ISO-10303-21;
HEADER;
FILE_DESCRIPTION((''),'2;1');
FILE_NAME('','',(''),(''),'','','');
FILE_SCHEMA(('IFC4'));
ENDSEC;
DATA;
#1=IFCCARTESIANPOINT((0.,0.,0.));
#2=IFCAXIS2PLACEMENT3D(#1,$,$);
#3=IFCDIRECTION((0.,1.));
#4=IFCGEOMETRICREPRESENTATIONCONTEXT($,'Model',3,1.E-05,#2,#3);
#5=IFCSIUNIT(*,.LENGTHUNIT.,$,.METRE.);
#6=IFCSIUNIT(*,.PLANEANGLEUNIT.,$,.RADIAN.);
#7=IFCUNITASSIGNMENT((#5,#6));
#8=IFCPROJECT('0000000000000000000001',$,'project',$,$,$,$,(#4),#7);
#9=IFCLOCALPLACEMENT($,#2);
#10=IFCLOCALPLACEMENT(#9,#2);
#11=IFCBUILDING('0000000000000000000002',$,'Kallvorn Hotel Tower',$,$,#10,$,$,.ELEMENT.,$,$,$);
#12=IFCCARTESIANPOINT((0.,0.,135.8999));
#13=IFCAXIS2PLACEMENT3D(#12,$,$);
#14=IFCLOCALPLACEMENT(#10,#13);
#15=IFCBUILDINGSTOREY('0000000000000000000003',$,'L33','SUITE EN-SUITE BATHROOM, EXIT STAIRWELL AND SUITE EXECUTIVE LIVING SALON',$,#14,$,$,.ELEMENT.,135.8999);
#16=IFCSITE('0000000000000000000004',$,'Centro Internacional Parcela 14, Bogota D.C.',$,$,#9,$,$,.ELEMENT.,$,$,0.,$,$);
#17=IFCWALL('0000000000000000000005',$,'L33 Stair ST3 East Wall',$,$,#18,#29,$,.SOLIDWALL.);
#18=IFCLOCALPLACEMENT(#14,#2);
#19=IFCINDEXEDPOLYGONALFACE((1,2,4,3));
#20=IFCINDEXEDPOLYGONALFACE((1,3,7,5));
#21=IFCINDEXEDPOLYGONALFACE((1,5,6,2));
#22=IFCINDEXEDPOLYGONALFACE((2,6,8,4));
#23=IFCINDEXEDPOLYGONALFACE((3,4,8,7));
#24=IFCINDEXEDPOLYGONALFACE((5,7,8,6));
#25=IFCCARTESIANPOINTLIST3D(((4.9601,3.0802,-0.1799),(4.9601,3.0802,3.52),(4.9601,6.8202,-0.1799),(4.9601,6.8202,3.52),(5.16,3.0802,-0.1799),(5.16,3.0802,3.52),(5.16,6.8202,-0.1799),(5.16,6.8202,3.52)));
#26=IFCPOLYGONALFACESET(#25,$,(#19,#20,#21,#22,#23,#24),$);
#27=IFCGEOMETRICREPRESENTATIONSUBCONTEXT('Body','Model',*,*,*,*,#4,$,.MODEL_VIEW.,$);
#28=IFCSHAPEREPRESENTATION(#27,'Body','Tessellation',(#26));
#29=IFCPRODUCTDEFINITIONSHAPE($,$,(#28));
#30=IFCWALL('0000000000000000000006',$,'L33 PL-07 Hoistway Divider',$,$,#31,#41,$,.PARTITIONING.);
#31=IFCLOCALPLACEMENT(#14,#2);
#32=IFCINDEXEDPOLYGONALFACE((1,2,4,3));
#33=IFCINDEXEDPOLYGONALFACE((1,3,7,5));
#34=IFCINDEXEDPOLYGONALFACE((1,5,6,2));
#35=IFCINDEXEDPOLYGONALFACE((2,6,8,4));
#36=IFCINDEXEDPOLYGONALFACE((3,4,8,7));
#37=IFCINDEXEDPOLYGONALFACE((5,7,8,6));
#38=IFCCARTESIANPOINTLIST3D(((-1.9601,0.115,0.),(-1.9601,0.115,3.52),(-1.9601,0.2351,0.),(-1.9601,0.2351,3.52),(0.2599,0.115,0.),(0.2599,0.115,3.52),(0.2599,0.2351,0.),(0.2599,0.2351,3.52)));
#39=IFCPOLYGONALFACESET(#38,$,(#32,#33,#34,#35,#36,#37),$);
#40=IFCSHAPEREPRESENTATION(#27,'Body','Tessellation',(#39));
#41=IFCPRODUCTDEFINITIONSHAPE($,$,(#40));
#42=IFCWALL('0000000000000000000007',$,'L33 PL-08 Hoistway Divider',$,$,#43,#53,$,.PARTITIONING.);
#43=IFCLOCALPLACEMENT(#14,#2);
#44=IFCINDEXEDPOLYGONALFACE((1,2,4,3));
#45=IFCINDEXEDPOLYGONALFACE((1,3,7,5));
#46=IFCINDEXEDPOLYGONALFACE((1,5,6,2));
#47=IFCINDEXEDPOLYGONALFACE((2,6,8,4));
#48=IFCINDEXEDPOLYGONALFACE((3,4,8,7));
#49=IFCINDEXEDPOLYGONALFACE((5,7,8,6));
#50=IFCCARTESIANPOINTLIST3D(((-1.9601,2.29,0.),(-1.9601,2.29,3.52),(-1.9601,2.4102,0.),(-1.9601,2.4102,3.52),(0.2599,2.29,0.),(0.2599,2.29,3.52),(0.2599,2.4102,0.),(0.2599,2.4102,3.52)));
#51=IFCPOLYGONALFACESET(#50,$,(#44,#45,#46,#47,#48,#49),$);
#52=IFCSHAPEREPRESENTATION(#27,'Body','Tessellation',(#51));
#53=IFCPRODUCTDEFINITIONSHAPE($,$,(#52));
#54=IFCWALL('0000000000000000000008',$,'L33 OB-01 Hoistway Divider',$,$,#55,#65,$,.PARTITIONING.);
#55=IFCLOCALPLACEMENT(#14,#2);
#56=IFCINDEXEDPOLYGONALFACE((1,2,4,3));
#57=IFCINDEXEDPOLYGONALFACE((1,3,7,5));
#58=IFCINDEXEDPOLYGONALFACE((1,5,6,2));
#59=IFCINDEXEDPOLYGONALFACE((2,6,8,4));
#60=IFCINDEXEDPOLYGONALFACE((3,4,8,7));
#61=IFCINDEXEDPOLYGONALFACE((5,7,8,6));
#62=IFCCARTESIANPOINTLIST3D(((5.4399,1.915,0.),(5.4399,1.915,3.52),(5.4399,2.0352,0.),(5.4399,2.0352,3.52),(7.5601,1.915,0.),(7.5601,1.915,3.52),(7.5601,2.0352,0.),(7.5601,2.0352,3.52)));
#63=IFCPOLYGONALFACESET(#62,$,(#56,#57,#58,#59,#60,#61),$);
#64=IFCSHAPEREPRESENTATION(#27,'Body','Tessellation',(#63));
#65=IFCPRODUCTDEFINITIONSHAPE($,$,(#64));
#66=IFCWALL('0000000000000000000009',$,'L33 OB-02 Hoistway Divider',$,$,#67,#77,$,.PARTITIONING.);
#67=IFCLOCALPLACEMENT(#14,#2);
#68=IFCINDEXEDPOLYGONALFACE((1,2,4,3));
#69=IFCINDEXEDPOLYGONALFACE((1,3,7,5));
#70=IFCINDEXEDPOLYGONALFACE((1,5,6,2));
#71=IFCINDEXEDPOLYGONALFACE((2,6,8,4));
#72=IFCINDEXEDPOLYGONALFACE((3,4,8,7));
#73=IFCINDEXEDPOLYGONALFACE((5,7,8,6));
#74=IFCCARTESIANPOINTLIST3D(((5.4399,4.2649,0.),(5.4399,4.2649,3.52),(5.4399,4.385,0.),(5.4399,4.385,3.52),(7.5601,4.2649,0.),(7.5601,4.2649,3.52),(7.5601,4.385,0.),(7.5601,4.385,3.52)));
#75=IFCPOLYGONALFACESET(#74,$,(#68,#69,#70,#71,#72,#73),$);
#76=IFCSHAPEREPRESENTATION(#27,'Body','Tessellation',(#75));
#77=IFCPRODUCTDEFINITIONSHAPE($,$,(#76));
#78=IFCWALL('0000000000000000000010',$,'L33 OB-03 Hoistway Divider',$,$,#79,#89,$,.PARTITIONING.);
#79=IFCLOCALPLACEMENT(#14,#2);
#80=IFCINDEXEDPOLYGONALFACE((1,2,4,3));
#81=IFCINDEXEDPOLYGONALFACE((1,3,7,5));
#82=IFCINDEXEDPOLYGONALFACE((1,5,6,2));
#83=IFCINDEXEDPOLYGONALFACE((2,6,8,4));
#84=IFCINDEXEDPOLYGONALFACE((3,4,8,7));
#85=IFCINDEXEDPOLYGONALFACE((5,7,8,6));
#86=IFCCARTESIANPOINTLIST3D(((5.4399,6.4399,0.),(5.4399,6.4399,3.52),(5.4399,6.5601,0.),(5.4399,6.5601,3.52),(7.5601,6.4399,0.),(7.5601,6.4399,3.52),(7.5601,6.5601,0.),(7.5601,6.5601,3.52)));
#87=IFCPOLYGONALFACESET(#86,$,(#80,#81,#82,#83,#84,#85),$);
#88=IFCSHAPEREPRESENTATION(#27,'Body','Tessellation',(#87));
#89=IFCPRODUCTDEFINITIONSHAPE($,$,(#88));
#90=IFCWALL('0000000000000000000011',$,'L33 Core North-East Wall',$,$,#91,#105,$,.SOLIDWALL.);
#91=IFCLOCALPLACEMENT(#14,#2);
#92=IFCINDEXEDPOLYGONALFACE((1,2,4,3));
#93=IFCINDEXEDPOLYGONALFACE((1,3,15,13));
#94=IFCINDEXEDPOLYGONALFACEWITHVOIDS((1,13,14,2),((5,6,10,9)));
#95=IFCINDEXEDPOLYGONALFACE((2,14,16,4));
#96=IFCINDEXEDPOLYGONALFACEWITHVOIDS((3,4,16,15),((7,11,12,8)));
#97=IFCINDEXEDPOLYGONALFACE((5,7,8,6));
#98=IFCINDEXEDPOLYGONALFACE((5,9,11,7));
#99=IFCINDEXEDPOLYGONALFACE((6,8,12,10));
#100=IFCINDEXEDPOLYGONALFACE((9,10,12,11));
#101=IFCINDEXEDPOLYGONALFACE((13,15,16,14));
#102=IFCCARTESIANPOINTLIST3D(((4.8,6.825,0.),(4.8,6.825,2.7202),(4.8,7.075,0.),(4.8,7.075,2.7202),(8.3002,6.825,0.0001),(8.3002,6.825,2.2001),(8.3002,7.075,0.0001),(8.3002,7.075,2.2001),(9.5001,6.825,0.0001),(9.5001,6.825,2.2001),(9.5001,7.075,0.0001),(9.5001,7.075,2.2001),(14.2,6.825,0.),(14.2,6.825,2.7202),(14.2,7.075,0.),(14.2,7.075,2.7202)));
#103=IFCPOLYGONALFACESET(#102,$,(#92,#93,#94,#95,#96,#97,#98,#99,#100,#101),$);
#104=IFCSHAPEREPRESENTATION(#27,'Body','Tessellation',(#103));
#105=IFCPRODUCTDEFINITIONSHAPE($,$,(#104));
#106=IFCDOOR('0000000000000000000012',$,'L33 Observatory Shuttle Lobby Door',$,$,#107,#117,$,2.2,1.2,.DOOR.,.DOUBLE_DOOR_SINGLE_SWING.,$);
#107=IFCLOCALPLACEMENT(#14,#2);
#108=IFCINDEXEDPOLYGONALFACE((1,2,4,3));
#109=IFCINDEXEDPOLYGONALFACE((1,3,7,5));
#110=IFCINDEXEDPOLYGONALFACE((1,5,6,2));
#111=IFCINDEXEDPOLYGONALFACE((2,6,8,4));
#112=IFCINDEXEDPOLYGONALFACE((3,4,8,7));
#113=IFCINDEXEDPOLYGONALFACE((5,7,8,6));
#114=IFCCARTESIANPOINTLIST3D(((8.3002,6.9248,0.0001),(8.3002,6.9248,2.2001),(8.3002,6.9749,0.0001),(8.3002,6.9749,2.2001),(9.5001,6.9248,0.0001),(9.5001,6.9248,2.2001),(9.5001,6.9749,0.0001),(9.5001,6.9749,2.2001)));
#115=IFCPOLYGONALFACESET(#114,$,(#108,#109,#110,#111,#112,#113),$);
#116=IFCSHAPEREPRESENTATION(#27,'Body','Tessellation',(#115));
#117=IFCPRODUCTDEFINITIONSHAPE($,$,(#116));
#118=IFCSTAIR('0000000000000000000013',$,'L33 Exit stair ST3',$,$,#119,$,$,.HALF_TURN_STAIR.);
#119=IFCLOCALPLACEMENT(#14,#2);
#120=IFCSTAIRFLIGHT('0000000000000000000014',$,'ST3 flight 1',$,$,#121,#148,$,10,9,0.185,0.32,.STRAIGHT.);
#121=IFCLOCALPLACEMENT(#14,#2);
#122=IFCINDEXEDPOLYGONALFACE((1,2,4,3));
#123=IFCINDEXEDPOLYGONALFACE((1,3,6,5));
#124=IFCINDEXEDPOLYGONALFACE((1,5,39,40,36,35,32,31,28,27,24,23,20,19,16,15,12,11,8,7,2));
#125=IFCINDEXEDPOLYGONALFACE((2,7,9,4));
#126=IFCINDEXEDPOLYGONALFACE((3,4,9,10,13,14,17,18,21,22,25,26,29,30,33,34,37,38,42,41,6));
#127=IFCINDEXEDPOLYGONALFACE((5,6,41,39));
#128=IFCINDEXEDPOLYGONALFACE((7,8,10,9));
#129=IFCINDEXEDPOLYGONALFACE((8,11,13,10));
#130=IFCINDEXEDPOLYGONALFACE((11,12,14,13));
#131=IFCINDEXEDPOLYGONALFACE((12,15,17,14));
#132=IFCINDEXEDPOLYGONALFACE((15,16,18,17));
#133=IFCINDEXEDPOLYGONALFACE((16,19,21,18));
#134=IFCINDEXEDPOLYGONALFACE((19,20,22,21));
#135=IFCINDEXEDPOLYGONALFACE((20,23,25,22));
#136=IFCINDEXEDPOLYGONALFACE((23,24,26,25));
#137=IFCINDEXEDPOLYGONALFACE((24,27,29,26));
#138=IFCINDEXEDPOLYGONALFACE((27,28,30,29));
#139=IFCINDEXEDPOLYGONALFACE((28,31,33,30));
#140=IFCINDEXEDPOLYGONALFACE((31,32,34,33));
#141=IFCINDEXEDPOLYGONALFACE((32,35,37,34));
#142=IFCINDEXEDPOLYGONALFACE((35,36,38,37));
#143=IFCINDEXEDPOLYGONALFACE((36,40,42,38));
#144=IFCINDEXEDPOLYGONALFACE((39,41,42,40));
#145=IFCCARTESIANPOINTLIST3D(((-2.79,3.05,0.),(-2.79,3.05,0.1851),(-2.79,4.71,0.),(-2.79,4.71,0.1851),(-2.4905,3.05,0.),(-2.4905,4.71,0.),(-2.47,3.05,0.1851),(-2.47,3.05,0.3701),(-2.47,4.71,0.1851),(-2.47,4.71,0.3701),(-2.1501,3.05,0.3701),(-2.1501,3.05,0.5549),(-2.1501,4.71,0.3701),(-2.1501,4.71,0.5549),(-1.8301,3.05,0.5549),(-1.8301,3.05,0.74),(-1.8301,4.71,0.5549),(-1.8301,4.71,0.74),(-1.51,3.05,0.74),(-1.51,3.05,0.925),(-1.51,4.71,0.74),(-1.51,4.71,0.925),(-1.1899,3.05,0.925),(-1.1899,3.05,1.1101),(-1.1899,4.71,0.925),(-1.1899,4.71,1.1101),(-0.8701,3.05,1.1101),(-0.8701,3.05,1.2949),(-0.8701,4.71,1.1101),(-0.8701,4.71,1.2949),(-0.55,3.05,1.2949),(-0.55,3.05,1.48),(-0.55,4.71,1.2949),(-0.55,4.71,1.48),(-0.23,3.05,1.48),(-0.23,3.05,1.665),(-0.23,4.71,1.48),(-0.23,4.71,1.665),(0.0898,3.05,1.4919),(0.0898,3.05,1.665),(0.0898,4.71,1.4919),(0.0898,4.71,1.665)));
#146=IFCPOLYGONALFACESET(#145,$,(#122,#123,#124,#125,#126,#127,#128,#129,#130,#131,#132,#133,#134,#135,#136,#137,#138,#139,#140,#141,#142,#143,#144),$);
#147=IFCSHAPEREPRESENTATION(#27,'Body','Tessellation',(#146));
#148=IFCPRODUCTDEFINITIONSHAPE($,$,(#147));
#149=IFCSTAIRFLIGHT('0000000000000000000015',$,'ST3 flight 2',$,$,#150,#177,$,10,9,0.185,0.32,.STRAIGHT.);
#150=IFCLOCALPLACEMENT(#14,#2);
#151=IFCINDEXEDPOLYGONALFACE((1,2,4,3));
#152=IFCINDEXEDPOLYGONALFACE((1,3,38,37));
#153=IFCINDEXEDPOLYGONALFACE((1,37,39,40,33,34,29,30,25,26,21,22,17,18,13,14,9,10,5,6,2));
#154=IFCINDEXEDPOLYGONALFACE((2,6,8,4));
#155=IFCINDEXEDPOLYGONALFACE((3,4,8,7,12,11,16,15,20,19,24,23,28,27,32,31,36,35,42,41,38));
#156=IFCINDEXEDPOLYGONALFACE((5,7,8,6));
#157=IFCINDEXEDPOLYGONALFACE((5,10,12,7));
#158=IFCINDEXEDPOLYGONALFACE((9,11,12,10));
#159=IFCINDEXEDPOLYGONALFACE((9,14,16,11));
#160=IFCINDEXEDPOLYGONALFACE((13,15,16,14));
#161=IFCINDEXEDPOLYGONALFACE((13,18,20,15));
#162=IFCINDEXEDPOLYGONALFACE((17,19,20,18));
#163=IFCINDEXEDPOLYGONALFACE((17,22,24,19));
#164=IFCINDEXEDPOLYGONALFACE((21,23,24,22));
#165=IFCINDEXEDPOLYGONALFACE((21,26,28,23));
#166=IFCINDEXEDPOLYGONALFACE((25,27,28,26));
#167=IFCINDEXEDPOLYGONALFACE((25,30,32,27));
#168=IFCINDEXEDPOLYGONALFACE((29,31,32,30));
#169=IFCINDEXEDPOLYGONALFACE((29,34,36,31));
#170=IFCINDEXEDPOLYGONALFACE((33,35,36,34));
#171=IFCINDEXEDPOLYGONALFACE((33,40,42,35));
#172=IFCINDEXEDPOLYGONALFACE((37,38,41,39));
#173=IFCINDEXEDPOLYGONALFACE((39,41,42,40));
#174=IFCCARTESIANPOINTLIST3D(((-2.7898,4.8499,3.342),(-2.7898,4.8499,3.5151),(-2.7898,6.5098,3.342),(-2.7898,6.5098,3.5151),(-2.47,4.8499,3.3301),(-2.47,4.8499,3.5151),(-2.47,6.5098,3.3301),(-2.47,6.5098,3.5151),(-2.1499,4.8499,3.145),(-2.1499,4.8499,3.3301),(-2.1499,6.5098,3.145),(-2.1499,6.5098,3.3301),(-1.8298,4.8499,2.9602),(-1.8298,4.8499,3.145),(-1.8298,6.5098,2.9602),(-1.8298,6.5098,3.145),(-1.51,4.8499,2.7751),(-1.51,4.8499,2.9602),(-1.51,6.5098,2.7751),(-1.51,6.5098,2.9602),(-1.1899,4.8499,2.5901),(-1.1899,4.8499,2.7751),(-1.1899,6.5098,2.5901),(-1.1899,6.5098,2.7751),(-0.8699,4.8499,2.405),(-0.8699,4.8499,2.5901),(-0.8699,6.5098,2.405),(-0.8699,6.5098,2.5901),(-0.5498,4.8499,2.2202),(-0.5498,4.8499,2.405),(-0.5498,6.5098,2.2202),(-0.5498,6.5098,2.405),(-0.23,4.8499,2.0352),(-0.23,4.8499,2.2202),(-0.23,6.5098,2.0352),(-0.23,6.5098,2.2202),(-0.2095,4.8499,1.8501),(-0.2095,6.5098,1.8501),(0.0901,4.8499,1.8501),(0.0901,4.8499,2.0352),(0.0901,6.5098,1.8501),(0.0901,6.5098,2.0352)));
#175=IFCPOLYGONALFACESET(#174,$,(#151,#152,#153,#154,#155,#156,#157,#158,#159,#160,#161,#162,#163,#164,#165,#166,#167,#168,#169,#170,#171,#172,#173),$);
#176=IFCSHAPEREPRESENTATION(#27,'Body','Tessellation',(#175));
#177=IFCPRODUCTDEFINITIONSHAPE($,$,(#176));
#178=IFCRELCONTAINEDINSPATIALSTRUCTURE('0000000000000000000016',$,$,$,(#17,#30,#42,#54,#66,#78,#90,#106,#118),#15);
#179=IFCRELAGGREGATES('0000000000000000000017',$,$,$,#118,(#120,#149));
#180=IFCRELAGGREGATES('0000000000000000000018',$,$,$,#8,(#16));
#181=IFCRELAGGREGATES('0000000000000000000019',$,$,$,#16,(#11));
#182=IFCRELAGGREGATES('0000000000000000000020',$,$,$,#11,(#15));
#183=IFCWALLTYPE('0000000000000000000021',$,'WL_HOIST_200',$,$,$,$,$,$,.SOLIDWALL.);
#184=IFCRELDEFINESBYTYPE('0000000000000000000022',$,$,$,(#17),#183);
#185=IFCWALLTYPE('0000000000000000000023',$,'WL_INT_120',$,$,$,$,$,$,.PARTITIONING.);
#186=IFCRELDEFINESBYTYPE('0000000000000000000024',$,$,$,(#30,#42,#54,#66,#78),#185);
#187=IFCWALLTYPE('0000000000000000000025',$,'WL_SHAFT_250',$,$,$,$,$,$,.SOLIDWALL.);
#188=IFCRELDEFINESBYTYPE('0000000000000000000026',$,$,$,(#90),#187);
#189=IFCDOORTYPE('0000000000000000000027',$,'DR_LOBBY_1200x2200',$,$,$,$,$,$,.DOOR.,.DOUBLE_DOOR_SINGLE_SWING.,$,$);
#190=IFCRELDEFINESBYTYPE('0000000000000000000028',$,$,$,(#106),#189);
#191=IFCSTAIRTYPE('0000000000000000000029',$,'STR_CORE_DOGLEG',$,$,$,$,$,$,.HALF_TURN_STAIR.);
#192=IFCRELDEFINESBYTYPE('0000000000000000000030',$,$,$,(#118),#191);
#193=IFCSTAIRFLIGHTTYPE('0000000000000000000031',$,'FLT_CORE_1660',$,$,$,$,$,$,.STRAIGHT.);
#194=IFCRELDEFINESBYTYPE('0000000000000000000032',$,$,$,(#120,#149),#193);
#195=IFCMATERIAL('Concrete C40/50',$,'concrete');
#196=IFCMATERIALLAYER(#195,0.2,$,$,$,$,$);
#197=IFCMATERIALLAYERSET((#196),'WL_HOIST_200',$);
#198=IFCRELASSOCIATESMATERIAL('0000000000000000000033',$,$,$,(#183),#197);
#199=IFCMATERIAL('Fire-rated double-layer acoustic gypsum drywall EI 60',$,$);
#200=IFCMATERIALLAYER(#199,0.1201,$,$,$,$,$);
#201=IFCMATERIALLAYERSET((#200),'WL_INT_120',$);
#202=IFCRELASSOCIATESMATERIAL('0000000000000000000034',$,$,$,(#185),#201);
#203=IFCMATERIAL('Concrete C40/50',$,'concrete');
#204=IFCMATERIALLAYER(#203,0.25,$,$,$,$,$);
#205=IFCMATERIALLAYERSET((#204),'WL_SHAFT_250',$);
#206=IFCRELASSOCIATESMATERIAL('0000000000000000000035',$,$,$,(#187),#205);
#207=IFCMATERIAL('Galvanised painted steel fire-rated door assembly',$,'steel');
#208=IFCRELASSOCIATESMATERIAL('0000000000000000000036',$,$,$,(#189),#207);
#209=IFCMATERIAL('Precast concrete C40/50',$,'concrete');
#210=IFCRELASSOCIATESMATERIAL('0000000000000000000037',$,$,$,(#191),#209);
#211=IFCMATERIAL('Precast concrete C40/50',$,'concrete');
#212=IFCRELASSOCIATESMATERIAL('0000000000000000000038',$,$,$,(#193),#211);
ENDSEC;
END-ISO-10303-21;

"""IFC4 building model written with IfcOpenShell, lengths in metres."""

from ifc_helpers import new_model, si_unit, direction, frame, frame_2d, origin, place, context, subcontext, project, spatial, polyline, rectangle, outline, extrude, material, layer, layer_set, type_object, element, fill, aggregate, save


model = new_model("IFC4")

# Units and contexts
model_context = context("Model", 3, precision=1e-05, world=origin(), true_north=direction((0.0, 1.0)))
body_context = subcontext(model_context, "Body", "Model", "MODEL_VIEW")
ifc_project = project(units=[si_unit("LENGTHUNIT", "METRE"), si_unit("PLANEANGLEUNIT", "RADIAN")], contexts=[model_context])

# Site, building, storey
site_placement = place(None, origin())
site = spatial("IfcSite", under=ifc_project, at=site_placement, Name="Centro Internacional Parcela 14, Bogota D.C.", CompositionType="ELEMENT", RefElevation=0.0)
building_placement = place(site_placement, origin())
building = spatial("IfcBuilding", under=site, at=building_placement, Name="Kallvorn Hotel Tower", CompositionType="ELEMENT")
storey_placement = place(building_placement, frame((0.0, 0.0, 135.8999)))
storey = spatial("IfcBuildingStorey", under=building, at=storey_placement, Name="L33", Description="SUITE EN-SUITE BATHROOM, EXIT STAIRWELL AND SUITE EXECUTIVE LIVING SALON", CompositionType="ELEMENT", Elevation=135.8999)

# Walls
ifc_material_1 = material(Name="Concrete C40/50", Category="concrete")
ifc_layer_1 = layer(ifc_material_1, 0.2)
ifc_layer_set_1 = layer_set([ifc_layer_1], Name="WL_HOIST_200")
wall_type_1 = type_object("IfcWallType", Name="WL_HOIST_200", PredefinedType="SOLIDWALL", material=ifc_layer_set_1)
wall_1_placement = place(storey_placement, frame((5.0601, 3.0801, -0.1799), z_axis=(0.0, 0.0, 1.0), x_axis=(0.0, 1.0, 0.0)))
element("IfcWall", 1, at=wall_1_placement, inside=storey, type_object=wall_type_1, Name="L33 Stair ST3 East Wall", PredefinedType="SOLIDWALL", context=body_context, shape_type="SweptSolid", body=[
    extrude(rectangle(XDim=3.74, YDim=0.2, at=frame_2d((1.8701, 0.0))), origin(), (0.0, 0.0, 1.0), 3.7),
])
ifc_material_2 = material(Name="Fire-rated double-layer acoustic gypsum drywall EI 60")
ifc_layer_2 = layer(ifc_material_2, 0.1201)
ifc_layer_set_2 = layer_set([ifc_layer_2], Name="WL_INT_120")
wall_type_2 = type_object("IfcWallType", Name="WL_INT_120", PredefinedType="PARTITIONING", material=ifc_layer_set_2)
for number, where, z_axis, x_axis, name in (
    (2, (-1.96, 0.175, 0.0), (0.0, 0.0, 1.0), (1.0, 0.0, 0.0), "L33 PL-07 Hoistway Divider"),
    (3, (-1.96, 2.3501, 0.0), (0.0, 0.0, 1.0), (1.0, 0.0, 0.0), "L33 PL-08 Hoistway Divider"),
):
    element("IfcWall", number, at=place(storey_placement, frame(where, z_axis=z_axis, x_axis=x_axis)), inside=storey, type_object=wall_type_2, Name=name, PredefinedType="PARTITIONING", context=body_context, shape_type="SweptSolid", body=[
        extrude(rectangle(XDim=2.22, YDim=0.1201, at=frame_2d((1.1099, 0.0))), origin(), (0.0, 0.0, 1.0), 3.52),
    ])
for number, where, z_axis, x_axis, name in (
    (4, (5.4399, 1.9751, 0.0), (0.0, 0.0, 1.0), (1.0, 0.0, 0.0), "L33 OB-01 Hoistway Divider"),
    (5, (5.4399, 4.325, 0.0), (0.0, 0.0, 1.0), (1.0, 0.0, 0.0), "L33 OB-02 Hoistway Divider"),
    (6, (5.4399, 6.5, 0.0), (0.0, 0.0, 1.0), (1.0, 0.0, 0.0), "L33 OB-03 Hoistway Divider"),
):
    element("IfcWall", number, at=place(storey_placement, frame(where, z_axis=z_axis, x_axis=x_axis)), inside=storey, type_object=wall_type_2, Name=name, PredefinedType="PARTITIONING", context=body_context, shape_type="SweptSolid", body=[
        extrude(rectangle(XDim=2.1201, YDim=0.1201, at=frame_2d((1.0601, 0.0))), origin(), (0.0, 0.0, 1.0), 3.52),
    ])

# Wall, opening, door
ifc_material_3 = material(Name="Concrete C40/50", Category="concrete")
ifc_layer_3 = layer(ifc_material_3, 0.25)
ifc_layer_set_3 = layer_set([ifc_layer_3], Name="WL_SHAFT_250")
wall_type_3 = type_object("IfcWallType", Name="WL_SHAFT_250", PredefinedType="SOLIDWALL", material=ifc_layer_set_3)
wall_2_placement = place(storey_placement, frame((4.8, 6.95, 0.0), z_axis=(0.0, 0.0, 1.0), x_axis=(1.0, 0.0, 0.0)))
wall_2 = element("IfcWall", 7, at=wall_2_placement, inside=storey, type_object=wall_type_3, Name="L33 Core North-East Wall", PredefinedType="SOLIDWALL", context=body_context, shape_type="SweptSolid", body=[
    extrude(rectangle(XDim=9.3999, YDim=0.25, at=frame_2d((4.7, 0.0))), origin(), (0.0, 0.0, 1.0), 2.7202),
])
opening_1_placement = place(wall_2_placement, frame((3.5, 0.0, 0.0)))
opening_1 = element("IfcOpeningElement", 8, at=opening_1_placement, cuts=wall_2, PredefinedType="OPENING", context=body_context, shape_type="SweptSolid", body=[
    extrude(rectangle(XDim=1.2, YDim=2.2, at=frame_2d((0.6001, 1.1001))), frame((0.0, 0.1399, 0.0), z_axis=(0.0, -1.0, 0.0), x_axis=(1.0, 0.0, 0.0)), (0.0, 0.0, 1.0), 0.28),
])
ifc_material_4 = material(Name="Galvanised painted steel fire-rated door assembly", Category="steel")
door_type_1 = type_object("IfcDoorType", Name="DR_LOBBY_1200x2200", OperationType="DOUBLE_DOOR_SINGLE_SWING", PredefinedType="DOOR", material=ifc_material_4)
door_1_placement = place(opening_1_placement, origin())
door_1 = element("IfcDoor", 9, at=door_1_placement, inside=storey, type_object=door_type_1, Name="L33 Observatory Shuttle Lobby Door", OperationType="DOUBLE_DOOR_SINGLE_SWING", OverallHeight=2.2, OverallWidth=1.2, PredefinedType="DOOR", context=body_context, shape_type="SweptSolid", body=[
    extrude(rectangle(XDim=1.2, YDim=2.2, at=frame_2d((0.6001, 1.1001))), frame((0.0, 0.0249, 0.0), z_axis=(0.0, -1.0, 0.0), x_axis=(1.0, 0.0, 0.0)), (0.0, 0.0, 1.0), 0.05),
])
fill(opening_1, door_1)

# Stair, stair flights
ifc_material_5 = material(Name="Precast concrete C40/50", Category="concrete")
stair_type = type_object("IfcStairType", Name="STR_CORE_DOGLEG", PredefinedType="HALF_TURN_STAIR", material=ifc_material_5)
stair_placement = place(storey_placement, origin())
stair = element("IfcStair", 10, at=stair_placement, inside=storey, type_object=stair_type, Name="L33 Exit stair ST3", PredefinedType="HALF_TURN_STAIR")
ifc_material_6 = material(Name="Precast concrete C40/50", Category="concrete")
stair_flight_type = type_object("IfcStairFlightType", Name="FLT_CORE_1660", PredefinedType="STRAIGHT", material=ifc_material_6)
stair_flight_1_placement = place(storey_placement, frame((-2.79, 3.8799, 0.0), z_axis=(0.0, 0.0, 1.0), x_axis=(1.0, 0.0, 0.0)))
stair_flight_1 = element("IfcStairFlight", 11, at=stair_flight_1_placement, type_object=stair_flight_type, Name="ST3 flight 1", NumberOfRisers=10, NumberOfTreads=9, PredefinedType="STRAIGHT", RiserHeight=0.185, TreadLength=0.32, context=body_context, shape_type="SweptSolid", body=[
    extrude(outline(polyline([(0.0, 0.0), (0.0, 0.1851), (0.3201, 0.1851), (0.3201, 0.3701), (0.6399, 0.3701), (0.6399, 0.5549), (0.96, 0.5549), (0.96, 0.74), (1.28, 0.74), (1.28, 0.925), (1.6001, 0.925), (1.6001, 1.1101), (1.9199, 1.1101), (1.9199, 1.2949), (2.24, 1.2949), (2.24, 1.48), (2.5601, 1.48), (2.5601, 1.665), (2.8799, 1.665), (2.8799, 1.8501), (2.8799, 1.4919), (0.2996, 0.0), (0.0, 0.0)])), frame((0.0, 0.8301, 0.0), z_axis=(0.0, -1.0, 0.0), x_axis=(1.0, 0.0, 0.0)), (0.0, 0.0, 1.0), 1.6599),
])
stair_flight_2_placement = place(storey_placement, frame((0.0901, 5.6799, 1.8501), z_axis=(0.0, 0.0, 1.0), x_axis=(-1.0, 0.0, 0.0)))
stair_flight_2 = element("IfcStairFlight", 12, at=stair_flight_2_placement, type_object=stair_flight_type, Name="ST3 flight 2", NumberOfRisers=10, NumberOfTreads=9, PredefinedType="STRAIGHT", RiserHeight=0.185, TreadLength=0.32, context=body_context, shape_type="SweptSolid", body=[
    extrude(outline(polyline([(0.0, 0.0), (0.0, 0.1851), (0.3201, 0.1851), (0.3201, 0.3701), (0.6399, 0.3701), (0.6399, 0.5549), (0.96, 0.5549), (0.96, 0.74), (1.28, 0.74), (1.28, 0.925), (1.6001, 0.925), (1.6001, 1.1101), (1.9199, 1.1101), (1.9199, 1.2949), (2.24, 1.2949), (2.24, 1.48), (2.5601, 1.48), (2.5601, 1.665), (2.8799, 1.665), (2.8799, 1.8501), (2.8799, 1.4919), (0.2996, 0.0), (0.0, 0.0)])), frame((0.0, 0.8301, 0.0), z_axis=(0.0, -1.0, 0.0), x_axis=(1.0, 0.0, 0.0)), (0.0, 0.0, 1.0), 1.6599),
])
aggregate(stair, [stair_flight_1, stair_flight_2])

save(model, "model.ifc")
